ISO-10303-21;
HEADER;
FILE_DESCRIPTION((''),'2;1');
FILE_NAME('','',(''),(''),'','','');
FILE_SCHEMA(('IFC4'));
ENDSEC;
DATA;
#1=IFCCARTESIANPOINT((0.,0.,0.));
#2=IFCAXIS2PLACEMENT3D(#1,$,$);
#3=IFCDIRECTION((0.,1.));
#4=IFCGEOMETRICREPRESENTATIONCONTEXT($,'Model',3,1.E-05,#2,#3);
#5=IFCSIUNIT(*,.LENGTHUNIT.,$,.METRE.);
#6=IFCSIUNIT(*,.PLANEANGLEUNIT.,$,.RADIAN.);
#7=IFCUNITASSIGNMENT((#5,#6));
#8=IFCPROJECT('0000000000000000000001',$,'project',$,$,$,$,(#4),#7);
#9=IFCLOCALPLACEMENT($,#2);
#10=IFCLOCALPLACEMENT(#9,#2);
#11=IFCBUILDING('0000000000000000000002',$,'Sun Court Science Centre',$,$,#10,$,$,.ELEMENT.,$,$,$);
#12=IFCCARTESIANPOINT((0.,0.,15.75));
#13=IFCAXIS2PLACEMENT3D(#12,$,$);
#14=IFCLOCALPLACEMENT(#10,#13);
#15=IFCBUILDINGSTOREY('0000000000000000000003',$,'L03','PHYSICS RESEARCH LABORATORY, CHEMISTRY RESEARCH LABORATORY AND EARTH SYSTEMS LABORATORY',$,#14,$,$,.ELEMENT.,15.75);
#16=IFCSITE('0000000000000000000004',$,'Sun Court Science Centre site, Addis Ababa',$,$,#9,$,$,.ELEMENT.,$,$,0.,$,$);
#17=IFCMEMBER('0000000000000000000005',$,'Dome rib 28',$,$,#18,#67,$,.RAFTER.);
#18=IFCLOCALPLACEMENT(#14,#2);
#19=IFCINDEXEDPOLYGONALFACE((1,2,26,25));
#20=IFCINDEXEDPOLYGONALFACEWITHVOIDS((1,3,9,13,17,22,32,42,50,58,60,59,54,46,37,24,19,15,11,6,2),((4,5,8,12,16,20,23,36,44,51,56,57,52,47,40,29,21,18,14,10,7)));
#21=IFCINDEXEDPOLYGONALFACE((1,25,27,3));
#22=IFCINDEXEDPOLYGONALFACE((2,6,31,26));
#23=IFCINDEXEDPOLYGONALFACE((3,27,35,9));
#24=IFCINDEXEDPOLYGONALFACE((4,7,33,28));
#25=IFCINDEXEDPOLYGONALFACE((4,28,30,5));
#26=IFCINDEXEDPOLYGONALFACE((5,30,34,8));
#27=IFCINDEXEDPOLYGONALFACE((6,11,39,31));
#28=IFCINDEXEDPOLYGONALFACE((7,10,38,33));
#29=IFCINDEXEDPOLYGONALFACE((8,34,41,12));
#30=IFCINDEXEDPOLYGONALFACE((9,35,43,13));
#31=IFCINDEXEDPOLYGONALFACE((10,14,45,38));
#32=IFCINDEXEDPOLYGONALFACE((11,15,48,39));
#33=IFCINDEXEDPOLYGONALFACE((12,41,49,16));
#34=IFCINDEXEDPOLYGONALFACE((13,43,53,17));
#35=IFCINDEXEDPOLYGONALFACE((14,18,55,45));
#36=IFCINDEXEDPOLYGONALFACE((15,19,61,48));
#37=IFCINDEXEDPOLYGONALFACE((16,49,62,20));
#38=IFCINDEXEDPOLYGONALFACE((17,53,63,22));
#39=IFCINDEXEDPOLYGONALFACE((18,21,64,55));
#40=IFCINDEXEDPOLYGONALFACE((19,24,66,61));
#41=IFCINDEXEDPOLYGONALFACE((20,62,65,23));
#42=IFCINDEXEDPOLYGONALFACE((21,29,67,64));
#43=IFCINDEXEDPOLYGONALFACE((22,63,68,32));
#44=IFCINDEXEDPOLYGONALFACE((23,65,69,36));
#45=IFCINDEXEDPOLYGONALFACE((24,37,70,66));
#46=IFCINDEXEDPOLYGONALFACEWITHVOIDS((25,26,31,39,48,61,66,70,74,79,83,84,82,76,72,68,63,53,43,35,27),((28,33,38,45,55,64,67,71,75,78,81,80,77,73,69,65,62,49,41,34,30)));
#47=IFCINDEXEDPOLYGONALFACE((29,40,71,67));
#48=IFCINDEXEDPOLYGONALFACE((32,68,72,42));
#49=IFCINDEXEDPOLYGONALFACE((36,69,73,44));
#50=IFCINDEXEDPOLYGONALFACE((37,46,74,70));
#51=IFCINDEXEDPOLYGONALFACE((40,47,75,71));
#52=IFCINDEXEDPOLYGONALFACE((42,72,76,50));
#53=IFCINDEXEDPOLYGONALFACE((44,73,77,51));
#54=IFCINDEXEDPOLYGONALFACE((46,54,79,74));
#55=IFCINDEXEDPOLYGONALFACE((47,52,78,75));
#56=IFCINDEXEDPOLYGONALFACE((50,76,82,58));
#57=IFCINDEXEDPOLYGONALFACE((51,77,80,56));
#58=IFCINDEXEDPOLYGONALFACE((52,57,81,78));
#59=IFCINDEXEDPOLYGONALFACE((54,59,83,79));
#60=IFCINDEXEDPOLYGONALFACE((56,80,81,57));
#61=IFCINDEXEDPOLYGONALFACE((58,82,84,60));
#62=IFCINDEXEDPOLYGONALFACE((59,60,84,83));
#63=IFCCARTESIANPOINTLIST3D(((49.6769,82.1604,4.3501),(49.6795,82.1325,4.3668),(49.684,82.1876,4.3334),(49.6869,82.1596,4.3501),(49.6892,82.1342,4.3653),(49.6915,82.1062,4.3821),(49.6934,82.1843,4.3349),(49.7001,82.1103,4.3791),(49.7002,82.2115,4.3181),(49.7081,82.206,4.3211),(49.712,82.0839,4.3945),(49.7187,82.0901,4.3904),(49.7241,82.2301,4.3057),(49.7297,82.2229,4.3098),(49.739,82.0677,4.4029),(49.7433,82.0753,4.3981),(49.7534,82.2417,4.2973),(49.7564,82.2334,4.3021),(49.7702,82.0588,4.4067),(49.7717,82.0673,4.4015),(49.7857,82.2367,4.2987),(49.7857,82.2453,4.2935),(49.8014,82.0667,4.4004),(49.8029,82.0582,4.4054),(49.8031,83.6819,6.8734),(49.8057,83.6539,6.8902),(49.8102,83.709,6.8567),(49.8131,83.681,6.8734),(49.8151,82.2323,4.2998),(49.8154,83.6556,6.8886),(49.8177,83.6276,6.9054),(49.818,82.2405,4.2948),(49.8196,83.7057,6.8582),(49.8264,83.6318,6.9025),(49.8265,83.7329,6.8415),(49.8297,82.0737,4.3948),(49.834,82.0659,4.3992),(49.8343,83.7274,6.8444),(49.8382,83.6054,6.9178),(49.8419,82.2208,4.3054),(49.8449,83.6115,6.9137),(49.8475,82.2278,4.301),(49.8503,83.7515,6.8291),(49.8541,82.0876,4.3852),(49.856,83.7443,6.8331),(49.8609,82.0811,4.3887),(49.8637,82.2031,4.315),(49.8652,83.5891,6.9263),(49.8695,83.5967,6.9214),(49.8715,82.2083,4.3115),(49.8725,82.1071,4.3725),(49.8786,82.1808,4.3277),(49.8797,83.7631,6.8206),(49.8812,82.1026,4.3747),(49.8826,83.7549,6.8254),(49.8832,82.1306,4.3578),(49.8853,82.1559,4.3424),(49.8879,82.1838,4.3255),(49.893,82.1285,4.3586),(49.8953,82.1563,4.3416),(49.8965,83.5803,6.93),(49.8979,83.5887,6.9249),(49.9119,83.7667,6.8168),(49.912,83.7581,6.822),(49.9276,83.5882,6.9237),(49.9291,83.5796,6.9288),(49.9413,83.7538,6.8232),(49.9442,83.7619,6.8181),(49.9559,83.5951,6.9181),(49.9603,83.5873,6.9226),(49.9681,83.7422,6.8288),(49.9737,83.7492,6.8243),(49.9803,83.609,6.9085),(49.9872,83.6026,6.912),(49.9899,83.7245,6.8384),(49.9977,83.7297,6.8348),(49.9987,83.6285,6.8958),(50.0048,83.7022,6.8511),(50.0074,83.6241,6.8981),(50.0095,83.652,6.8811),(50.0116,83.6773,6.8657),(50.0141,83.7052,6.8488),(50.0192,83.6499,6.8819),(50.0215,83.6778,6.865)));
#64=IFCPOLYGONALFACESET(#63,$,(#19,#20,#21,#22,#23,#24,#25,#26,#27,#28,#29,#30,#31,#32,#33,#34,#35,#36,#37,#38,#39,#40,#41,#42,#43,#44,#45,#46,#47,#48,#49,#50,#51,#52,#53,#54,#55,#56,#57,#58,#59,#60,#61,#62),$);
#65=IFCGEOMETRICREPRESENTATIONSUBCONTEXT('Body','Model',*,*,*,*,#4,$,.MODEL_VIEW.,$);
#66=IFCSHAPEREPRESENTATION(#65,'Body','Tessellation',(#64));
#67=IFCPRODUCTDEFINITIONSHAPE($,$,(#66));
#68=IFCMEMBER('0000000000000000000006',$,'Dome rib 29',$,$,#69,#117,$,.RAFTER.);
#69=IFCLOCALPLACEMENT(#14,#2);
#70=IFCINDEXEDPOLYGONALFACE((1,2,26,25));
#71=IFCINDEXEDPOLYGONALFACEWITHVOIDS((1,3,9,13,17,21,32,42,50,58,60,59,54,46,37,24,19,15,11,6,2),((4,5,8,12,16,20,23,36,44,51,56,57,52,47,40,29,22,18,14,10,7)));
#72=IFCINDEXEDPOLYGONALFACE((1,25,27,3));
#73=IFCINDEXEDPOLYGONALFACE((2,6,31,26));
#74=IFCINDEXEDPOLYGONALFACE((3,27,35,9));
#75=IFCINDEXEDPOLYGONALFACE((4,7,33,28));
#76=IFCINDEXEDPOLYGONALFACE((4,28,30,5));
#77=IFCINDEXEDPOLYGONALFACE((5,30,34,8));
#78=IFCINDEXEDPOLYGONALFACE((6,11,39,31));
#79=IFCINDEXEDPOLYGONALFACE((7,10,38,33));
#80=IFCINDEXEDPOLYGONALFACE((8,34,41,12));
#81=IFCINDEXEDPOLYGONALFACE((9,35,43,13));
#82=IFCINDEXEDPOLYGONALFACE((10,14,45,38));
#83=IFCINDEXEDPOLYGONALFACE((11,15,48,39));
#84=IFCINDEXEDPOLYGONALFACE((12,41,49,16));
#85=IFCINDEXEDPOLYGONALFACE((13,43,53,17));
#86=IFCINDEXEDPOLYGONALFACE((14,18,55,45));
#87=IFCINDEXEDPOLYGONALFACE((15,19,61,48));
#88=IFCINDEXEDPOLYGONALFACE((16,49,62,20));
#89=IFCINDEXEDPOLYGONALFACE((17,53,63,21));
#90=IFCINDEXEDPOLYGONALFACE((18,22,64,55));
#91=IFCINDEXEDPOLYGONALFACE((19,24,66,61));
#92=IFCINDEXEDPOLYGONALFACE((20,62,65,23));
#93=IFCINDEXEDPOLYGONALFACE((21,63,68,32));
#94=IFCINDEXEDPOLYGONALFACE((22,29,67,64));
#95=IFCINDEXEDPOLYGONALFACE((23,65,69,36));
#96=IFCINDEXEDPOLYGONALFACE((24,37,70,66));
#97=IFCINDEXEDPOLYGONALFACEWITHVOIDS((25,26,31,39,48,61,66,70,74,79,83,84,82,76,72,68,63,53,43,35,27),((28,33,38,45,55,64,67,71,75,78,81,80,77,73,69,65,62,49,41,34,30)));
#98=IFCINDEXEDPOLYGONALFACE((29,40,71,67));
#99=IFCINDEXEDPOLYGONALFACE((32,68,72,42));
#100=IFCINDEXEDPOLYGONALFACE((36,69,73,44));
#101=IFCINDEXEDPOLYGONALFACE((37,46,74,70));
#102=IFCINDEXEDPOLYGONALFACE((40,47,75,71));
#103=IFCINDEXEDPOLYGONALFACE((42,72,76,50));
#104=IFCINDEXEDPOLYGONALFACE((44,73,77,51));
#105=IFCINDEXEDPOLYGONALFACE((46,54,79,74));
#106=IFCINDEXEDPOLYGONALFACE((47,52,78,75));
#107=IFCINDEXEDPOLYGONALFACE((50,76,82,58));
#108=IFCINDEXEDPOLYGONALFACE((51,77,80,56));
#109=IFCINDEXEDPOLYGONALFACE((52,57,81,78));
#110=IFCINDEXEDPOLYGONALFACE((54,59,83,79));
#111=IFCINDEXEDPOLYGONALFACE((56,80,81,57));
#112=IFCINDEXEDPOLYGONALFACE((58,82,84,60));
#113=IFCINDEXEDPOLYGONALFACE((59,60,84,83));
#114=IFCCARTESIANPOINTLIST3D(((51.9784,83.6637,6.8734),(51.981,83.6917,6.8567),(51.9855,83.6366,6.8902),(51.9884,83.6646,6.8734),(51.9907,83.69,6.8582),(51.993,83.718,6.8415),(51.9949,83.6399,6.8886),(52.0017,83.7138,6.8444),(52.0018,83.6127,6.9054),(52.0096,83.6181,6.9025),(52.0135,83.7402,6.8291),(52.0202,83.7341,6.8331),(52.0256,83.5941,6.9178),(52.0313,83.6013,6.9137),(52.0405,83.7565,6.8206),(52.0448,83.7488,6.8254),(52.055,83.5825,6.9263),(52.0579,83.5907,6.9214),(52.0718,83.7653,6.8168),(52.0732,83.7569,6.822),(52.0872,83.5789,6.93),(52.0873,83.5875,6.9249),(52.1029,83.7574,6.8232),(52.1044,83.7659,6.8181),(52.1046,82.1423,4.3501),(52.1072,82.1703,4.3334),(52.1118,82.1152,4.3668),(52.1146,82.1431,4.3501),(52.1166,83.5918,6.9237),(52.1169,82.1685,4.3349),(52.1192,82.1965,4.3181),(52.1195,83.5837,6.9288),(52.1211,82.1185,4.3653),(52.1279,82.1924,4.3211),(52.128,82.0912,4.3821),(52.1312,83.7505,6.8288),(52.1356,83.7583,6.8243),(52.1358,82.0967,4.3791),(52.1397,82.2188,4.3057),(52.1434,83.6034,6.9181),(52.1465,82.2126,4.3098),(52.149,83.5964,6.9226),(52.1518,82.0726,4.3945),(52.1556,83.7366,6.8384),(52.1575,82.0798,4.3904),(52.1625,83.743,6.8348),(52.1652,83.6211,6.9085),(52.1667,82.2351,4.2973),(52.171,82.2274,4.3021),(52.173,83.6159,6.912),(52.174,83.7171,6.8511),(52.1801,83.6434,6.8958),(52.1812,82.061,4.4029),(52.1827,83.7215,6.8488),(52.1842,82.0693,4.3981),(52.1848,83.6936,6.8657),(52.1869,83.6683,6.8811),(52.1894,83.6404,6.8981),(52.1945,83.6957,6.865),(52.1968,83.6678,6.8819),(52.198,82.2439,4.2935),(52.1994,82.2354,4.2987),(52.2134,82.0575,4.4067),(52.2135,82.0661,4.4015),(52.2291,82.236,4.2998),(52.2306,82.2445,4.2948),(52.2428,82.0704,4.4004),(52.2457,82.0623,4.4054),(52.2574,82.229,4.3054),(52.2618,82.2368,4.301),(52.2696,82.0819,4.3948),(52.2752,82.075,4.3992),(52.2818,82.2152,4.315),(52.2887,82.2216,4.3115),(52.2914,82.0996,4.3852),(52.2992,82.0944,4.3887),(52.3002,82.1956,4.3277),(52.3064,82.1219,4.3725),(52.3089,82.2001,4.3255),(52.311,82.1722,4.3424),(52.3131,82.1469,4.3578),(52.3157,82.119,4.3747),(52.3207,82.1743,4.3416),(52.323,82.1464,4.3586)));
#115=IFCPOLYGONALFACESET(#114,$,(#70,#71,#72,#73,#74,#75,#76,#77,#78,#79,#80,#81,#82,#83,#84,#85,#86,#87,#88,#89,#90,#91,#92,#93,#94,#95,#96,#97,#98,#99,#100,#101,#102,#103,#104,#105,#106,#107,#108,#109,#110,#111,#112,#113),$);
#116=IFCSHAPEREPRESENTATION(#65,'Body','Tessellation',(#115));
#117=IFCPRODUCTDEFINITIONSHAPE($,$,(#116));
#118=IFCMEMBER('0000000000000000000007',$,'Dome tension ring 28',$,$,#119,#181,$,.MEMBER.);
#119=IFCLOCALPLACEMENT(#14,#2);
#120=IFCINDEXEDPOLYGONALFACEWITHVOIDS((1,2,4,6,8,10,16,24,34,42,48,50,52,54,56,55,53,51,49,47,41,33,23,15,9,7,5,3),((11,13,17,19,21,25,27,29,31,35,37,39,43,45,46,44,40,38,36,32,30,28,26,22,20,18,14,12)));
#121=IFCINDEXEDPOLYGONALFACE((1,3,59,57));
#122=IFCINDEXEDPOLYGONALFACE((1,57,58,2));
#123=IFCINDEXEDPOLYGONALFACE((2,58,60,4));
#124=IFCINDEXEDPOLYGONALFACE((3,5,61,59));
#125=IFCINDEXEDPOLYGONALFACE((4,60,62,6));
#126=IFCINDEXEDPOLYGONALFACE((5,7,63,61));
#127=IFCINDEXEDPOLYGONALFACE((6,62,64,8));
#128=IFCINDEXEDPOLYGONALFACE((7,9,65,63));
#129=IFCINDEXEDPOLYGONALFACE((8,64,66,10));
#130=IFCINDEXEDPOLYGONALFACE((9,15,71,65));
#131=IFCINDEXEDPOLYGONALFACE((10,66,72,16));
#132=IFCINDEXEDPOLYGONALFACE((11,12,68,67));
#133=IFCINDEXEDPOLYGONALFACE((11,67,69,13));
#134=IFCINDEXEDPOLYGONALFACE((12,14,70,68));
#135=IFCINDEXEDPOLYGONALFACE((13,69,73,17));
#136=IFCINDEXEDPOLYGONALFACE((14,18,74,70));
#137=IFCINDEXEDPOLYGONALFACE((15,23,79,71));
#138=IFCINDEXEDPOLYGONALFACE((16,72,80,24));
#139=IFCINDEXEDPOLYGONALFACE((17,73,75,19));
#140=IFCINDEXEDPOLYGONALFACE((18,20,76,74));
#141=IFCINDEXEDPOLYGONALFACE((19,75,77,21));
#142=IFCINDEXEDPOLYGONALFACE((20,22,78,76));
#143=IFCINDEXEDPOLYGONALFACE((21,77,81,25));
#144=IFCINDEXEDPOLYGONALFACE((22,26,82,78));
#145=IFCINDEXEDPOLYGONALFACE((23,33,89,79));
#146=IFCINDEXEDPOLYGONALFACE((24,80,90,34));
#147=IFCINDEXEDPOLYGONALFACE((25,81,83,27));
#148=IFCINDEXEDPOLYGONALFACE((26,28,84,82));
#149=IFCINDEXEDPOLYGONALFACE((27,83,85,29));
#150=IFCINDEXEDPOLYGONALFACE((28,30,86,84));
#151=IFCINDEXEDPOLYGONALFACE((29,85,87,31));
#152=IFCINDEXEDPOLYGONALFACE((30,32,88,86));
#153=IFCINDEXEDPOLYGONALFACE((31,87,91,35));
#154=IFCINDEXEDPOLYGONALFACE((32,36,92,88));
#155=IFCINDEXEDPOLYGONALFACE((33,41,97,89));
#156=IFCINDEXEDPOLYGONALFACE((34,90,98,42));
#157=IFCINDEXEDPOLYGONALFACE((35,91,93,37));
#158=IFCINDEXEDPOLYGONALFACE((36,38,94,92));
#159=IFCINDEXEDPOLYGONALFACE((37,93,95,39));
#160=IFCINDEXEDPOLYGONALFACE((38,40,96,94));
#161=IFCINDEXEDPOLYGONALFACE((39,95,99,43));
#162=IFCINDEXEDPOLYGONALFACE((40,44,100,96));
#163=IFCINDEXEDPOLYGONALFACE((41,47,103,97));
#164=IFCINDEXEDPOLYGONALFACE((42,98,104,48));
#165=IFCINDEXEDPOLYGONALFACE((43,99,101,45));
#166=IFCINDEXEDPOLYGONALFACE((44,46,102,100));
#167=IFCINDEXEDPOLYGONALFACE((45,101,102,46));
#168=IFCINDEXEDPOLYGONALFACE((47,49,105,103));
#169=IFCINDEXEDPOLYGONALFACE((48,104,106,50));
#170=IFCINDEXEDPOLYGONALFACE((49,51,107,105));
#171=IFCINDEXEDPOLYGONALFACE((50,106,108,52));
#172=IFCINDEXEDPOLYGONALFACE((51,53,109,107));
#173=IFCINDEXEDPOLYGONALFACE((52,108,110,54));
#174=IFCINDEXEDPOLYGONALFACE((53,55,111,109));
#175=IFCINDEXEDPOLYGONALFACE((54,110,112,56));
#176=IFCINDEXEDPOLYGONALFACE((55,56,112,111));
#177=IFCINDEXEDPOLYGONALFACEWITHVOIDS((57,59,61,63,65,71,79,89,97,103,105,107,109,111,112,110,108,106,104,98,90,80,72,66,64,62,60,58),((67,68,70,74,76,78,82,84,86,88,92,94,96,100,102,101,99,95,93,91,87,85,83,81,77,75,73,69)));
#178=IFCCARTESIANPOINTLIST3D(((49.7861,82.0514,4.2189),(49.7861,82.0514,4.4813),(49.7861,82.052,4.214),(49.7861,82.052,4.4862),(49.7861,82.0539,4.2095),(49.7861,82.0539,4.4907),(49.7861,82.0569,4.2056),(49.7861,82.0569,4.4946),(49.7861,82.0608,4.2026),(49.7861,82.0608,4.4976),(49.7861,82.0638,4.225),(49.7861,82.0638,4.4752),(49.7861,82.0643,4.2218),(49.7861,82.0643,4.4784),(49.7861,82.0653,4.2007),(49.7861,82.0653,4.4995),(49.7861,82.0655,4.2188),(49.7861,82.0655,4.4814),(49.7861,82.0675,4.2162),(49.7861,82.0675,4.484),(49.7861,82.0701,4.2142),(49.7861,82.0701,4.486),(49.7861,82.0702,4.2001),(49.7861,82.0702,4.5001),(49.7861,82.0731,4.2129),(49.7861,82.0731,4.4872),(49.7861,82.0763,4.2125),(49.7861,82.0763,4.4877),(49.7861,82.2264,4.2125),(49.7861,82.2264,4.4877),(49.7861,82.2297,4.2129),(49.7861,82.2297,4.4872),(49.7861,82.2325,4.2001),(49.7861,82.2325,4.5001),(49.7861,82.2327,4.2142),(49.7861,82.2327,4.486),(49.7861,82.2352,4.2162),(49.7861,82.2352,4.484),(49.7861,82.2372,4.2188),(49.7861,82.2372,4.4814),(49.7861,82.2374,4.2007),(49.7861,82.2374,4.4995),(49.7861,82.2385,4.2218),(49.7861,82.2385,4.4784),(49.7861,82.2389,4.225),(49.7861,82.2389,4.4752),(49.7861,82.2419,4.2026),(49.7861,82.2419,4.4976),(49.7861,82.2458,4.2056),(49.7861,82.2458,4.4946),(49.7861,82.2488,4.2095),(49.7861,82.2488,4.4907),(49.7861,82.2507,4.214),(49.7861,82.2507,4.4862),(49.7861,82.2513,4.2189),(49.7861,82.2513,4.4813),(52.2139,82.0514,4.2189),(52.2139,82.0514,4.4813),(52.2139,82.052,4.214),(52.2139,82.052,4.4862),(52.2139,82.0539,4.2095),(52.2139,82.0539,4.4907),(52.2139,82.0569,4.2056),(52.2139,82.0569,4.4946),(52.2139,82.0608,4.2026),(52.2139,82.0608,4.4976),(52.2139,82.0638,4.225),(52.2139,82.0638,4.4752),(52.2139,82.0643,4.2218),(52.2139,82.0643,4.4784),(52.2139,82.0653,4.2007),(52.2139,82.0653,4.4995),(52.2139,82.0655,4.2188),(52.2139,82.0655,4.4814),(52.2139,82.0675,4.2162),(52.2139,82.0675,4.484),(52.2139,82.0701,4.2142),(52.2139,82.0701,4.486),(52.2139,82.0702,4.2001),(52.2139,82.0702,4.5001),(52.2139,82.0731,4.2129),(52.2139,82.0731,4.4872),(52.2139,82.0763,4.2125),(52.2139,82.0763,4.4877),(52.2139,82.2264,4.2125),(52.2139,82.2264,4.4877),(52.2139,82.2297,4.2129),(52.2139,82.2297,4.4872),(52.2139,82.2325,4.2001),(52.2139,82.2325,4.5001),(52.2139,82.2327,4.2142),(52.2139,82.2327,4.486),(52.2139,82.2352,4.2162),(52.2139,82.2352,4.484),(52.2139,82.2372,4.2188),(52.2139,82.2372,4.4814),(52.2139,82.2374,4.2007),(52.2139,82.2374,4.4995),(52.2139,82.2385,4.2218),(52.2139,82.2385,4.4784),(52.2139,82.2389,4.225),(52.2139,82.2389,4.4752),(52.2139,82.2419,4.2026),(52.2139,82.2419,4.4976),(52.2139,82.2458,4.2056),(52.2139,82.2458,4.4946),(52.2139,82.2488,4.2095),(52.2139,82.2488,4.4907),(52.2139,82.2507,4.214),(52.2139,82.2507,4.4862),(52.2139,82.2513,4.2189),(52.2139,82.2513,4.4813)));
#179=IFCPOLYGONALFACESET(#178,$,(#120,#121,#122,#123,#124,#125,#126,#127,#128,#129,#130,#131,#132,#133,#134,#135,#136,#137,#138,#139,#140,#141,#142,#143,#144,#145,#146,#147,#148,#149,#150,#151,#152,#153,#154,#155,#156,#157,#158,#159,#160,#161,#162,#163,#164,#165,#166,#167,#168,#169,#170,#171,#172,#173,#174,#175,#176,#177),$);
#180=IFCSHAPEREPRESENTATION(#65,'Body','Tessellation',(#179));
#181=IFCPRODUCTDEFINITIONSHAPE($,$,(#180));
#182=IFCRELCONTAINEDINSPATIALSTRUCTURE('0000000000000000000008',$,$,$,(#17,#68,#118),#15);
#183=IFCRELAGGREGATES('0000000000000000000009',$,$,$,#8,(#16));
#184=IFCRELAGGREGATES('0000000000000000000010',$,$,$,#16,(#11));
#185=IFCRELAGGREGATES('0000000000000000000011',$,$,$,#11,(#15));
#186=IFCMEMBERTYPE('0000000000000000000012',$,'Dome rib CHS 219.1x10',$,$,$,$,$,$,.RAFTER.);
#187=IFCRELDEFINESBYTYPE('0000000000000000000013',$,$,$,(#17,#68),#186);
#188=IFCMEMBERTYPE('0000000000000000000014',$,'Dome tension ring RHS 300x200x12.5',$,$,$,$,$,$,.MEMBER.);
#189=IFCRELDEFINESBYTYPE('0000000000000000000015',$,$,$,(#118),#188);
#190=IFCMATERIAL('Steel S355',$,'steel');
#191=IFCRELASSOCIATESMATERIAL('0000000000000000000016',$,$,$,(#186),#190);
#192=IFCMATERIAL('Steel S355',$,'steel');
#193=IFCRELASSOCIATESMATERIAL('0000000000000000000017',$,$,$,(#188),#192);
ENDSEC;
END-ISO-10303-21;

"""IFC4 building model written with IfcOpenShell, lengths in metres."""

from ifc_helpers import new_model, si_unit, direction, frame, origin, origin_2d, place, context, subcontext, project, spatial, hollow_rectangle, hollow_circle, extrude, material, material_profile, profile_set, type_object, element, save


model = new_model("IFC4")

# Units and contexts
model_context = context("Model", 3, precision=1e-05, world=origin(), true_north=direction((0.0, 1.0)))
body_context = subcontext(model_context, "Body", "Model", "MODEL_VIEW")
ifc_project = project(units=[si_unit("LENGTHUNIT", "METRE"), si_unit("PLANEANGLEUNIT", "RADIAN")], contexts=[model_context])

# Site, building, storey
site_placement = place(None, origin())
site = spatial("IfcSite", under=ifc_project, at=site_placement, Name="Sun Court Science Centre site, Addis Ababa", CompositionType="ELEMENT", RefElevation=0.0)
building_placement = place(site_placement, origin())
building = spatial("IfcBuilding", under=site, at=building_placement, Name="Sun Court Science Centre", CompositionType="ELEMENT")
storey_placement = place(building_placement, frame((0.0, 0.0, 15.75)))
storey = spatial("IfcBuildingStorey", under=building, at=storey_placement, Name="L03", Description="PHYSICS RESEARCH LABORATORY, CHEMISTRY RESEARCH LABORATORY AND EARTH SYSTEMS LABORATORY", CompositionType="ELEMENT", Elevation=15.75)

# Members
ifc_material_1 = material(Name="Steel S355", Category="steel")
ifc_material_profile_1 = material_profile(ifc_material_1, hollow_circle(Radius=0.1096, WallThickness=0.01, at=origin_2d()), Name="CHS 219.1x10")
ifc_profile_set_1 = profile_set([ifc_material_profile_1], Name="Steel S355")
member_type_1 = type_object("IfcMemberType", Name="Dome rib CHS 219.1x10", PredefinedType="RAFTER", material=ifc_profile_set_1)
for number, where, z_axis, x_axis, name in (
    (1, (49.7861, 82.1514, 4.3501), (0.042796, 0.515874, 0.855595), (-0.996577, 0.082675, 0.0), "Dome rib 28"),
    (2, (52.2139, 82.1514, 4.3501), (-0.042796, 0.515874, 0.855595), (-0.996577, -0.082675, 0.0), "Dome rib 29"),
):
    element("IfcMember", number, at=place(storey_placement, frame(where, z_axis=z_axis, x_axis=x_axis)), inside=storey, type_object=member_type_1, Name=name, PredefinedType="RAFTER", context=body_context, shape_type="SweptSolid", body=[
        extrude(hollow_circle(Radius=0.1096, WallThickness=0.01, at=origin_2d()), origin(), (0.0, 0.0, 1.0), 2.9492),
    ])
ifc_material_2 = material(Name="Steel S355", Category="steel")
ifc_material_profile_2 = material_profile(ifc_material_2, hollow_rectangle(XDim=0.2, YDim=0.3, WallThickness=0.0125, InnerFilletRadius=0.0125, OuterFilletRadius=0.0188, at=origin_2d()), Name="RHS 300x200x12.5")
ifc_profile_set_2 = profile_set([ifc_material_profile_2], Name="Steel S355")
member_type_2 = type_object("IfcMemberType", Name="Dome tension ring RHS 300x200x12.5", PredefinedType="MEMBER", material=ifc_profile_set_2)
for number, where, z_axis, x_axis, name in (
    (3, (49.7861, 82.1514, 4.3501), (1.0, 0.0, 0.0), (0.0, 1.0, 0.0), "Dome tension ring 28"),
):
    element("IfcMember", number, at=place(storey_placement, frame(where, z_axis=z_axis, x_axis=x_axis)), inside=storey, type_object=member_type_2, Name=name, PredefinedType="MEMBER", context=body_context, shape_type="SweptSolid", body=[
        extrude(hollow_rectangle(XDim=0.2, YDim=0.3, WallThickness=0.0125, InnerFilletRadius=0.0125, OuterFilletRadius=0.0188, at=origin_2d()), origin(), (0.0, 0.0, 1.0), 2.4277),
    ])

save(model, "model.ifc")
